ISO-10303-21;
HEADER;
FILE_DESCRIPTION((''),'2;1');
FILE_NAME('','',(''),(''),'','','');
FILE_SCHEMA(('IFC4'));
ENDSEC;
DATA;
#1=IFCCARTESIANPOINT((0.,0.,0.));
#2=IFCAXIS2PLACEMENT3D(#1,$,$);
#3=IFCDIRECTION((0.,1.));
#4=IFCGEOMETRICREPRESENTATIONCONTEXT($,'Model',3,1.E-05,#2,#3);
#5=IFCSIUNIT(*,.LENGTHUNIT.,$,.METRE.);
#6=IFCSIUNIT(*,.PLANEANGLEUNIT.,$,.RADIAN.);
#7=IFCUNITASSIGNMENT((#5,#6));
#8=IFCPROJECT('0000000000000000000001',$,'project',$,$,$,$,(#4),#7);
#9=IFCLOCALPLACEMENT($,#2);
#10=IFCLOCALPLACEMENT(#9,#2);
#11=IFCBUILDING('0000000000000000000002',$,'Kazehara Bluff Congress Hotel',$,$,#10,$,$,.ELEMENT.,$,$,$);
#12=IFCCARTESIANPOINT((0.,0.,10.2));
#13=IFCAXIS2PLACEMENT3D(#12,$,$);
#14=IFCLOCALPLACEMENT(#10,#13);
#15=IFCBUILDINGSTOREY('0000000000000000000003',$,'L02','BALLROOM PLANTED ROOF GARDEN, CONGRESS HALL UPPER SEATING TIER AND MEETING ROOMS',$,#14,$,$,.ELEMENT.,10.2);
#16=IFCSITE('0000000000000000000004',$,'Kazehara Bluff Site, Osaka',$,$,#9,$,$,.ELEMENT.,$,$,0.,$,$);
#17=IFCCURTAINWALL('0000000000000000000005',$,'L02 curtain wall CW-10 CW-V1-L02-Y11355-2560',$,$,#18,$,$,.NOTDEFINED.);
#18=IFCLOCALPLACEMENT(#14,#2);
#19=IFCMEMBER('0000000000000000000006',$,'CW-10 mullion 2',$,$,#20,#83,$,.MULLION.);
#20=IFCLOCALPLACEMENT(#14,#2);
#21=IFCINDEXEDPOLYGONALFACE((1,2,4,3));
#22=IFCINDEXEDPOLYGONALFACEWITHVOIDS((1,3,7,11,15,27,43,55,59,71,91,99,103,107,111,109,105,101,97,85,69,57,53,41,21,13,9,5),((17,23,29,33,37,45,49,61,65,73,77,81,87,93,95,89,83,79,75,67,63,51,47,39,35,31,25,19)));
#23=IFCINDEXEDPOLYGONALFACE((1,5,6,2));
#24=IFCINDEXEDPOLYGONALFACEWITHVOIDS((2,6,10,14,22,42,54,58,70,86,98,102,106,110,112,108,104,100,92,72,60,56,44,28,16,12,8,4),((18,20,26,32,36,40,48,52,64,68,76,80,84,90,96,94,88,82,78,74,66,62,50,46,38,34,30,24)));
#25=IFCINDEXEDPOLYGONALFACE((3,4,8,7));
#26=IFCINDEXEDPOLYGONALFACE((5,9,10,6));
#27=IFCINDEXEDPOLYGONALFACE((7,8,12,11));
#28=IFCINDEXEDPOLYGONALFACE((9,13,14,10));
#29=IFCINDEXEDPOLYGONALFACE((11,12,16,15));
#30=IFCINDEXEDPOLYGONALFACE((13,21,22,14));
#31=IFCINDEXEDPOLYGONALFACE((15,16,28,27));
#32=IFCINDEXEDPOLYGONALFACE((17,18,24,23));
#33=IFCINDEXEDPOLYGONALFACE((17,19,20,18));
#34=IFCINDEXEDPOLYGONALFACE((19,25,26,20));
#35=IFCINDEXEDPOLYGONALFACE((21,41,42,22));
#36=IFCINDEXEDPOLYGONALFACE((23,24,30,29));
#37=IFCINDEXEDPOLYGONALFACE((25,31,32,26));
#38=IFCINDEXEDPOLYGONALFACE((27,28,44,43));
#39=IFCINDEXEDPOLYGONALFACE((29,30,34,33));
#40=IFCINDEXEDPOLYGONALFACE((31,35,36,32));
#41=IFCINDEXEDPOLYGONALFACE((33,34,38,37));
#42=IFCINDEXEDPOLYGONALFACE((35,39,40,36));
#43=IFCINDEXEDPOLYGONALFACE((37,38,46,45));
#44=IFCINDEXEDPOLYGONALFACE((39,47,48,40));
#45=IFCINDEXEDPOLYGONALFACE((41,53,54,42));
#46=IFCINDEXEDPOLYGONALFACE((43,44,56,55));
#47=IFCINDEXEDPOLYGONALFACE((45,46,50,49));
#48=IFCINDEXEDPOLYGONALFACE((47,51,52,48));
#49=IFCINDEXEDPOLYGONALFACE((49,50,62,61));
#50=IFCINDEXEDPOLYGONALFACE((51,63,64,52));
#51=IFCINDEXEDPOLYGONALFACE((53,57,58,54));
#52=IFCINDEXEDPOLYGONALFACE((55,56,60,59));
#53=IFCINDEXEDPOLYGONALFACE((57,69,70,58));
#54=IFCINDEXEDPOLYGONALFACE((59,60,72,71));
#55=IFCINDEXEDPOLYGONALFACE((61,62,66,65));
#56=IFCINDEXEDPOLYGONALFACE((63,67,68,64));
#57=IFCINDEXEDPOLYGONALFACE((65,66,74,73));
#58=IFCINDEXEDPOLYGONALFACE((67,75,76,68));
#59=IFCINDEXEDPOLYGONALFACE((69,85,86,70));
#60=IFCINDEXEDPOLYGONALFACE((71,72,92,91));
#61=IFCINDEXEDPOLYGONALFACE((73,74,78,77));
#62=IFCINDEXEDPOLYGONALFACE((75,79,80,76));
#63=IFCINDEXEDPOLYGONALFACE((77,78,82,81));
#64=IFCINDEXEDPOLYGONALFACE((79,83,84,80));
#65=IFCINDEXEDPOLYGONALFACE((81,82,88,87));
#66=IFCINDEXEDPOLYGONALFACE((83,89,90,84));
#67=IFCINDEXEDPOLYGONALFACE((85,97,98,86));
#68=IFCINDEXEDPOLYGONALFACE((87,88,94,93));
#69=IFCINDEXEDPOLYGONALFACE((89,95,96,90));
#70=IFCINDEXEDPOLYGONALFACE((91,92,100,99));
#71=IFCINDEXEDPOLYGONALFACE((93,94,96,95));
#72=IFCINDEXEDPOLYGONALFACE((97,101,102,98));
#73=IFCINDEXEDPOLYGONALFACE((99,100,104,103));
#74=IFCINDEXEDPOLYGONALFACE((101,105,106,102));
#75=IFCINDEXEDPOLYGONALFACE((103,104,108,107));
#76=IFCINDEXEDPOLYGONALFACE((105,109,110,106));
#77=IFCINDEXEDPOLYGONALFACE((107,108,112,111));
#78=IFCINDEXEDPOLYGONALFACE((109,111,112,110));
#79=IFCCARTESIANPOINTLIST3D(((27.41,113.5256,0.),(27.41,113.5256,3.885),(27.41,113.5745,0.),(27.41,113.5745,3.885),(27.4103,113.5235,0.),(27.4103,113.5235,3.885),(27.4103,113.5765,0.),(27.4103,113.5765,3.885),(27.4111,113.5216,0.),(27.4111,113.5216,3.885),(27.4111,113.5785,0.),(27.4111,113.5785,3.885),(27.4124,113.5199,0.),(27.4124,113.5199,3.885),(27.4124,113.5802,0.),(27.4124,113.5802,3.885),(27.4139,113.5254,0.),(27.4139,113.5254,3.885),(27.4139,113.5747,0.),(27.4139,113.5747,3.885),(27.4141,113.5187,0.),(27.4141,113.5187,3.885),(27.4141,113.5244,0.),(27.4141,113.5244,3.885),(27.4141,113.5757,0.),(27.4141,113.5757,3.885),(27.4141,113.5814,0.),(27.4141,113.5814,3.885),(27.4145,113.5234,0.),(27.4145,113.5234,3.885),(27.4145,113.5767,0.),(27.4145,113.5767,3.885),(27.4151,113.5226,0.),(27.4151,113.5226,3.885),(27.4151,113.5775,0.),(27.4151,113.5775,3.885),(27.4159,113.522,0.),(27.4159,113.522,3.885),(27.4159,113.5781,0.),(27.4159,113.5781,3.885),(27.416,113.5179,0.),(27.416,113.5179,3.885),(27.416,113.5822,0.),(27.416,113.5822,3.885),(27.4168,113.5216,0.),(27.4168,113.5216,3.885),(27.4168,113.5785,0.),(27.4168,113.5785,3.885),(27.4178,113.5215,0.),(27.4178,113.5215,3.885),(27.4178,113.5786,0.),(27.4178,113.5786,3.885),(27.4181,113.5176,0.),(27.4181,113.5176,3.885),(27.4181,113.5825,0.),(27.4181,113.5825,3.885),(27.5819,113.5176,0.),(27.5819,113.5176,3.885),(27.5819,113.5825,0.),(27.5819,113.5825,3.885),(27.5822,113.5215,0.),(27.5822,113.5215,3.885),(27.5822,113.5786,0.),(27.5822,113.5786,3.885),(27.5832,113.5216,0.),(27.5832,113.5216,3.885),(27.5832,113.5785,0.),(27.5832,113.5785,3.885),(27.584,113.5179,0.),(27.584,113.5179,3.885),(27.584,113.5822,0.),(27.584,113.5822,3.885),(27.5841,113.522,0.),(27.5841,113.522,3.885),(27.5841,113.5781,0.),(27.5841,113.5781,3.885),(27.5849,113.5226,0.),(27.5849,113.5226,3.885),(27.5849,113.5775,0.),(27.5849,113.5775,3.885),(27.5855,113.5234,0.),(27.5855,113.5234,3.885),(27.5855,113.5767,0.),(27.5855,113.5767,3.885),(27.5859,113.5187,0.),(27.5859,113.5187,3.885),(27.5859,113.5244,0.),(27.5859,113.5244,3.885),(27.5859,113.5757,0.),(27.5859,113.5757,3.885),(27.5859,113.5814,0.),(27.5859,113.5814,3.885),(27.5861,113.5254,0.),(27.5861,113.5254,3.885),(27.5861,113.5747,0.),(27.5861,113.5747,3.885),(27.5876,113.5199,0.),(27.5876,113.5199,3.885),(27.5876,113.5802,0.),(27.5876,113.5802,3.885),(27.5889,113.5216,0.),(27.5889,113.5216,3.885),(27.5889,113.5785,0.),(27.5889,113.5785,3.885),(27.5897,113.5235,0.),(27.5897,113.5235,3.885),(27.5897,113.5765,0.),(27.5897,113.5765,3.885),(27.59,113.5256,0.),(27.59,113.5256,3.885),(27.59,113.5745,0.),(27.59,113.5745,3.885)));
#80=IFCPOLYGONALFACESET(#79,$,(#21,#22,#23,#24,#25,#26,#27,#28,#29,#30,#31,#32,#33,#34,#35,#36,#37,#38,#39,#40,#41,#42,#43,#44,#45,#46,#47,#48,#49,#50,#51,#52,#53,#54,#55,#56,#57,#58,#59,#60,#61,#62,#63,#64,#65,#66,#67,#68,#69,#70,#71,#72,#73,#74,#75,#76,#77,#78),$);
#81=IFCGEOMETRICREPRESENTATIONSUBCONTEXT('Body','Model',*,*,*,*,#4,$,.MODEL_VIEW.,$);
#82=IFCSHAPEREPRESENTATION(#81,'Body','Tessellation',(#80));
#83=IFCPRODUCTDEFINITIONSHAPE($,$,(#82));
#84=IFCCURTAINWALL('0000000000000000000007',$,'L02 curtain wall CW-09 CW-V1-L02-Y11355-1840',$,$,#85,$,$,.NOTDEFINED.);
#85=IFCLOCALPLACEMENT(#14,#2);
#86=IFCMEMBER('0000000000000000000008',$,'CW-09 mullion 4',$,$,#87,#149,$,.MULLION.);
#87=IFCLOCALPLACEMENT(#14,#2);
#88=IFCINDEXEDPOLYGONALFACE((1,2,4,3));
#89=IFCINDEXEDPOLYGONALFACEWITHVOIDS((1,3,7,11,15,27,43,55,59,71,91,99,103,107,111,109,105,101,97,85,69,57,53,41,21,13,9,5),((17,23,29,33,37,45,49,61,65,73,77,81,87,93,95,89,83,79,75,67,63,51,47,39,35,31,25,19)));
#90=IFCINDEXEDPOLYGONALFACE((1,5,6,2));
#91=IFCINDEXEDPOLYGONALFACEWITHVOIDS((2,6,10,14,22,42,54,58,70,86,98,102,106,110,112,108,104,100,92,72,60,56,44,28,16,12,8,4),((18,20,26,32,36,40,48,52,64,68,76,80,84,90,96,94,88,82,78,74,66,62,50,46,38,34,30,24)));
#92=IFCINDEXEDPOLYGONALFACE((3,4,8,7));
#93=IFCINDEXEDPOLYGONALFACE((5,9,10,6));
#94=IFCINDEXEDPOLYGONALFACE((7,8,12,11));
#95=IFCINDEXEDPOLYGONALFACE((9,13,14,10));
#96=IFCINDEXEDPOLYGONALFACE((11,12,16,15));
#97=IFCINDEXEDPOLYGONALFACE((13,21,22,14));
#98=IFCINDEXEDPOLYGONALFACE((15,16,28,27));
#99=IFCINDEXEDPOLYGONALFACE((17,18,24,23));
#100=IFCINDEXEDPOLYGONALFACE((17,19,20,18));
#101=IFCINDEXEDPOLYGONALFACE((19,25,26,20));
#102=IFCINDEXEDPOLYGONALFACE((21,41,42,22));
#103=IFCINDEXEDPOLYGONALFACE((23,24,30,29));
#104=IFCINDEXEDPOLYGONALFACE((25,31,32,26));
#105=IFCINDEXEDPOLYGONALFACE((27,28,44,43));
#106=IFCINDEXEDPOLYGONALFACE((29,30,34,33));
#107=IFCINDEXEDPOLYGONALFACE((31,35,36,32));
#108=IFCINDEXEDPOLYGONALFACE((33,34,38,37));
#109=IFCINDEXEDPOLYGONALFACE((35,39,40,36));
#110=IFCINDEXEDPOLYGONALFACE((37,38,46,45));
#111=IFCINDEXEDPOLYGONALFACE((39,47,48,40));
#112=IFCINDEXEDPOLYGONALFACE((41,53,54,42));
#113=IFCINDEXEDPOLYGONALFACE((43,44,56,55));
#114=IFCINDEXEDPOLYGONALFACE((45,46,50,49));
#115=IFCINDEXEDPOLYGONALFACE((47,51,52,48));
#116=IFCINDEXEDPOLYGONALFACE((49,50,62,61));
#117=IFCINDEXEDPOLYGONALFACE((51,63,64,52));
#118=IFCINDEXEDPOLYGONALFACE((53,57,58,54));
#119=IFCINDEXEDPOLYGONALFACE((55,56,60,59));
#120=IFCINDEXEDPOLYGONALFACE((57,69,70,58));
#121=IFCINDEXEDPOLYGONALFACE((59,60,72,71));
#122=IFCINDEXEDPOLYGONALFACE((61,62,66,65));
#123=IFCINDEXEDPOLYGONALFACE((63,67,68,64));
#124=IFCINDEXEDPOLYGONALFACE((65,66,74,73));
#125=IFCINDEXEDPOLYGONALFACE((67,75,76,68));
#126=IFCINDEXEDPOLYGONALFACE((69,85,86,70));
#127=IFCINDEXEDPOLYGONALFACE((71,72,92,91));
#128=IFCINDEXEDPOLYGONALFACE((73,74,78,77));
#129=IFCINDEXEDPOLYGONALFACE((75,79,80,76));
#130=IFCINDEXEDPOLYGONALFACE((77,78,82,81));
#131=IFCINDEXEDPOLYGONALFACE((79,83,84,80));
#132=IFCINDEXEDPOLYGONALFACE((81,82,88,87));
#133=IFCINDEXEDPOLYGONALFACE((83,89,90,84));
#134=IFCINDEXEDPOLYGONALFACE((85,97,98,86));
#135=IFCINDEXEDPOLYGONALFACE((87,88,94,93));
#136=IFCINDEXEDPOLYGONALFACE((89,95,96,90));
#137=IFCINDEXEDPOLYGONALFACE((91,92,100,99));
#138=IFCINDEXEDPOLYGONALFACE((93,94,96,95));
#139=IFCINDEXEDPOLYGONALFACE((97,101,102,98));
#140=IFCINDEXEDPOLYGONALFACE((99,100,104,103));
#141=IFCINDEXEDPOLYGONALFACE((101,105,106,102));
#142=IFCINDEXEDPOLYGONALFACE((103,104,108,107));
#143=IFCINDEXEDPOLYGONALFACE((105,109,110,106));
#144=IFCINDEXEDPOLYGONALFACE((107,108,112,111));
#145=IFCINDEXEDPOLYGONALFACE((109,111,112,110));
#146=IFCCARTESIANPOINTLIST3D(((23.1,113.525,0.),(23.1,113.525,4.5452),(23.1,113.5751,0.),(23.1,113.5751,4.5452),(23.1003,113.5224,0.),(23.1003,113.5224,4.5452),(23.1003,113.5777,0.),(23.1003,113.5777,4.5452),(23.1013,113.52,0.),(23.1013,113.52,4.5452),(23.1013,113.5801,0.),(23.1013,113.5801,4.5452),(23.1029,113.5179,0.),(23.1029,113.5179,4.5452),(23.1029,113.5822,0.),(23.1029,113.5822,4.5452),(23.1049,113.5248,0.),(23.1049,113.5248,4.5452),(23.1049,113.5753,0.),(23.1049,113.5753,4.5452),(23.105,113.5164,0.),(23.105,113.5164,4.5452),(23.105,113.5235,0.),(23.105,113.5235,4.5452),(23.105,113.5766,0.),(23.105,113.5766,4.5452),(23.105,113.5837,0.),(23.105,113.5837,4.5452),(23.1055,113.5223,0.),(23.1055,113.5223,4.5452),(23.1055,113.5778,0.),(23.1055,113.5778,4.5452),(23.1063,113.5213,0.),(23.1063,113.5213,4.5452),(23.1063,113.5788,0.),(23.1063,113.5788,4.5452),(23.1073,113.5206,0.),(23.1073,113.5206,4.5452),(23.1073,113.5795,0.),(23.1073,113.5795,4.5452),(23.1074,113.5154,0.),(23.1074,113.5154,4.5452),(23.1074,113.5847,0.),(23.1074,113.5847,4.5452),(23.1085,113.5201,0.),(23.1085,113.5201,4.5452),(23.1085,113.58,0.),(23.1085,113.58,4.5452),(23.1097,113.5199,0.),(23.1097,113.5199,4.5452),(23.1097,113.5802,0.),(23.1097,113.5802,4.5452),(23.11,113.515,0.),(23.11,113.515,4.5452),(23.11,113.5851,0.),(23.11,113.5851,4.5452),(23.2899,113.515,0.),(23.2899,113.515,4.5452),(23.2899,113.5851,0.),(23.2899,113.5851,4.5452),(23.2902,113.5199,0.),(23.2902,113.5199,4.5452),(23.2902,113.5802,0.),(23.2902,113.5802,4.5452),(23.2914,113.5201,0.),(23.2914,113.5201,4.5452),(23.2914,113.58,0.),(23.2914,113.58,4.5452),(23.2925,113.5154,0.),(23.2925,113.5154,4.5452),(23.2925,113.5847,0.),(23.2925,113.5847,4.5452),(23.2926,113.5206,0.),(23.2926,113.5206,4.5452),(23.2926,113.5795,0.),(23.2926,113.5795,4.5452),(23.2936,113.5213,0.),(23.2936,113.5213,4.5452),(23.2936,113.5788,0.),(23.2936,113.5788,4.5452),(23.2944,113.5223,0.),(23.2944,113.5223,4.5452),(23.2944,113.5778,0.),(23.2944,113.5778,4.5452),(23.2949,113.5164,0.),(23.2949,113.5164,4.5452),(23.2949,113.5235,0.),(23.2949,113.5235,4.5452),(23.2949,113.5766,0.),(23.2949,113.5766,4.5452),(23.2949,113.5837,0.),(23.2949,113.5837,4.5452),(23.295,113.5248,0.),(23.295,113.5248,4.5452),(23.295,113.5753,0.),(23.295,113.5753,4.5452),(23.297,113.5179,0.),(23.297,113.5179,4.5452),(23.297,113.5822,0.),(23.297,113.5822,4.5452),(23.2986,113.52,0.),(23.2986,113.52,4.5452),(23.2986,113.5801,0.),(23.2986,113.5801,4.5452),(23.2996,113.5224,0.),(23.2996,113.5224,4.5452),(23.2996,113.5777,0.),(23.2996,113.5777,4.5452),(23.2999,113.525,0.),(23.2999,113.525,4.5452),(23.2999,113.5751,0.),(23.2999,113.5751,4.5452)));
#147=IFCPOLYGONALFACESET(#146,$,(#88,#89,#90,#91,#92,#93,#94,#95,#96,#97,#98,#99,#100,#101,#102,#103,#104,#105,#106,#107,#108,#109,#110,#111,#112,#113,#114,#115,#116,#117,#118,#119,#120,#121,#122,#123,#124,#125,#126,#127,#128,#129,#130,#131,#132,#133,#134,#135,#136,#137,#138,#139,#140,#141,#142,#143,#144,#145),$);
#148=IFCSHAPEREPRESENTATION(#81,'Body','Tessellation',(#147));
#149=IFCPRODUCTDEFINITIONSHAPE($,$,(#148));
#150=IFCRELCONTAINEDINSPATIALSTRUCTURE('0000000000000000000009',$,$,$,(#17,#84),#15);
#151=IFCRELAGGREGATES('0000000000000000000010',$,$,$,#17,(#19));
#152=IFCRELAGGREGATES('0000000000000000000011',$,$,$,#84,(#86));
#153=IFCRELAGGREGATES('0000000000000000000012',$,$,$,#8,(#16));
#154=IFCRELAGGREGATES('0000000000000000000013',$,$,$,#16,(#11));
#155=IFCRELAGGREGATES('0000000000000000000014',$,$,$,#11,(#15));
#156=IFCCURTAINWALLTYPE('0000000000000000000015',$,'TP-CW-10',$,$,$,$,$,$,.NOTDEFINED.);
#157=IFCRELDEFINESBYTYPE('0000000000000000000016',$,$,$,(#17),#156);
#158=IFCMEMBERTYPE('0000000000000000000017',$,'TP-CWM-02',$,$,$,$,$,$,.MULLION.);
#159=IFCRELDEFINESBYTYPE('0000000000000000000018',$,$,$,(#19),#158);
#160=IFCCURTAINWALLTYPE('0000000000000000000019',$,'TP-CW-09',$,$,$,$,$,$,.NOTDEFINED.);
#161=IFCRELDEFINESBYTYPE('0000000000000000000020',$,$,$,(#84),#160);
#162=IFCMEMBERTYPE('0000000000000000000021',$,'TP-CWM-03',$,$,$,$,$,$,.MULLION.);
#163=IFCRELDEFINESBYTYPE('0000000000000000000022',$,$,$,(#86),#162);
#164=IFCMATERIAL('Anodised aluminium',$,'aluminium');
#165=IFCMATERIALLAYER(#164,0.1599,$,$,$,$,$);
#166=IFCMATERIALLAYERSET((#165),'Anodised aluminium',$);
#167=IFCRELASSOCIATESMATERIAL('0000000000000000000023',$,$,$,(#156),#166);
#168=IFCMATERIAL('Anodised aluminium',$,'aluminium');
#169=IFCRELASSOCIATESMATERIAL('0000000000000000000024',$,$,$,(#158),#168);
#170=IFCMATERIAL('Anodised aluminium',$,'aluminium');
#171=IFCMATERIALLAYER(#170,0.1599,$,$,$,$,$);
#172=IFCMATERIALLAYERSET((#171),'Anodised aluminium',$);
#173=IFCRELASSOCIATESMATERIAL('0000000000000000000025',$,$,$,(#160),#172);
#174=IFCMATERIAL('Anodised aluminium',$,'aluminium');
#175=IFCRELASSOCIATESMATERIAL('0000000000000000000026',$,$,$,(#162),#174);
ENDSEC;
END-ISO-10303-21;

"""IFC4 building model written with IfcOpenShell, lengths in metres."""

from ifc_helpers import new_model, si_unit, direction, frame, origin, origin_2d, place, context, subcontext, project, spatial, hollow_rectangle, extrude, material, layer, layer_set, material_profile, profile_set, type_object, element, aggregate, save


model = new_model("IFC4")

# Units and contexts
model_context = context("Model", 3, precision=1e-05, world=origin(), true_north=direction((0.0, 1.0)))
body_context = subcontext(model_context, "Body", "Model", "MODEL_VIEW")
ifc_project = project(units=[si_unit("LENGTHUNIT", "METRE"), si_unit("PLANEANGLEUNIT", "RADIAN")], contexts=[model_context])

# Site, building, storey
site_placement = place(None, origin())
site = spatial("IfcSite", under=ifc_project, at=site_placement, Name="Kazehara Bluff Site, Osaka", CompositionType="ELEMENT", RefElevation=0.0)
building_placement = place(site_placement, origin())
building = spatial("IfcBuilding", under=site, at=building_placement, Name="Kazehara Bluff Congress Hotel", CompositionType="ELEMENT")
storey_placement = place(building_placement, frame((0.0, 0.0, 10.2)))
storey = spatial("IfcBuildingStorey", under=building, at=storey_placement, Name="L02", Description="BALLROOM PLANTED ROOF GARDEN, CONGRESS HALL UPPER SEATING TIER AND MEETING ROOMS", CompositionType="ELEMENT", Elevation=10.2)

# Curtain walls, members
ifc_material_1 = material(Name="Anodised aluminium", Category="aluminium")
ifc_layer_1 = layer(ifc_material_1, 0.1599)
ifc_layer_set_1 = layer_set([ifc_layer_1], Name="Anodised aluminium")
curtain_wall_type_1 = type_object("IfcCurtainWallType", Name="TP-CW-10", PredefinedType="NOTDEFINED", material=ifc_layer_set_1)
curtain_wall_1_placement = place(storey_placement, origin())
curtain_wall_1 = element("IfcCurtainWall", 1, at=curtain_wall_1_placement, inside=storey, type_object=curtain_wall_type_1, Name="L02 curtain wall CW-10 CW-V1-L02-Y11355-2560", PredefinedType="NOTDEFINED")
ifc_material_2 = material(Name="Anodised aluminium", Category="aluminium")
ifc_material_profile_1 = material_profile(ifc_material_2, hollow_rectangle(XDim=0.0649, YDim=0.1799, WallThickness=0.0039, InnerFilletRadius=0.0039, OuterFilletRadius=0.0081, at=origin_2d()))
ifc_profile_set_1 = profile_set([ifc_material_profile_1], Name="Anodised aluminium")
member_type_1 = type_object("IfcMemberType", Name="TP-CWM-02", PredefinedType="MULLION", material=ifc_profile_set_1)
member_1_placement = place(storey_placement, frame((27.5, 113.55, 0.0), z_axis=(0.0, 0.0, 1.0), x_axis=(0.0, 1.0, 0.0)))
member_1 = element("IfcMember", 2, at=member_1_placement, type_object=member_type_1, Name="CW-10 mullion 2", PredefinedType="MULLION", context=body_context, shape_type="SweptSolid", body=[
    extrude(hollow_rectangle(XDim=0.0649, YDim=0.1799, WallThickness=0.0039, InnerFilletRadius=0.0039, OuterFilletRadius=0.0081, at=origin_2d()), origin(), (0.0, 0.0, 1.0), 3.885),
])
ifc_material_3 = material(Name="Anodised aluminium", Category="aluminium")
ifc_layer_2 = layer(ifc_material_3, 0.1599)
ifc_layer_set_2 = layer_set([ifc_layer_2], Name="Anodised aluminium")
curtain_wall_type_2 = type_object("IfcCurtainWallType", Name="TP-CW-09", PredefinedType="NOTDEFINED", material=ifc_layer_set_2)
curtain_wall_2_placement = place(storey_placement, origin())
curtain_wall_2 = element("IfcCurtainWall", 3, at=curtain_wall_2_placement, inside=storey, type_object=curtain_wall_type_2, Name="L02 curtain wall CW-09 CW-V1-L02-Y11355-1840", PredefinedType="NOTDEFINED")
ifc_material_4 = material(Name="Anodised aluminium", Category="aluminium")
ifc_material_profile_2 = material_profile(ifc_material_4, hollow_rectangle(XDim=0.0701, YDim=0.2, WallThickness=0.0049, InnerFilletRadius=0.0049, OuterFilletRadius=0.01, at=origin_2d()))
ifc_profile_set_2 = profile_set([ifc_material_profile_2], Name="Anodised aluminium")
member_type_2 = type_object("IfcMemberType", Name="TP-CWM-03", PredefinedType="MULLION", material=ifc_profile_set_2)
member_2_placement = place(storey_placement, frame((23.2, 113.55, 0.0), z_axis=(0.0, 0.0, 1.0), x_axis=(0.0, 1.0, 0.0)))
member_2 = element("IfcMember", 4, at=member_2_placement, type_object=member_type_2, Name="CW-09 mullion 4", PredefinedType="MULLION", context=body_context, shape_type="SweptSolid", body=[
    extrude(hollow_rectangle(XDim=0.0701, YDim=0.2, WallThickness=0.0049, InnerFilletRadius=0.0049, OuterFilletRadius=0.01, at=origin_2d()), origin(), (0.0, 0.0, 1.0), 4.5452),
])

aggregate(curtain_wall_1, [member_1])
aggregate(curtain_wall_2, [member_2])

save(model, "model.ifc")
